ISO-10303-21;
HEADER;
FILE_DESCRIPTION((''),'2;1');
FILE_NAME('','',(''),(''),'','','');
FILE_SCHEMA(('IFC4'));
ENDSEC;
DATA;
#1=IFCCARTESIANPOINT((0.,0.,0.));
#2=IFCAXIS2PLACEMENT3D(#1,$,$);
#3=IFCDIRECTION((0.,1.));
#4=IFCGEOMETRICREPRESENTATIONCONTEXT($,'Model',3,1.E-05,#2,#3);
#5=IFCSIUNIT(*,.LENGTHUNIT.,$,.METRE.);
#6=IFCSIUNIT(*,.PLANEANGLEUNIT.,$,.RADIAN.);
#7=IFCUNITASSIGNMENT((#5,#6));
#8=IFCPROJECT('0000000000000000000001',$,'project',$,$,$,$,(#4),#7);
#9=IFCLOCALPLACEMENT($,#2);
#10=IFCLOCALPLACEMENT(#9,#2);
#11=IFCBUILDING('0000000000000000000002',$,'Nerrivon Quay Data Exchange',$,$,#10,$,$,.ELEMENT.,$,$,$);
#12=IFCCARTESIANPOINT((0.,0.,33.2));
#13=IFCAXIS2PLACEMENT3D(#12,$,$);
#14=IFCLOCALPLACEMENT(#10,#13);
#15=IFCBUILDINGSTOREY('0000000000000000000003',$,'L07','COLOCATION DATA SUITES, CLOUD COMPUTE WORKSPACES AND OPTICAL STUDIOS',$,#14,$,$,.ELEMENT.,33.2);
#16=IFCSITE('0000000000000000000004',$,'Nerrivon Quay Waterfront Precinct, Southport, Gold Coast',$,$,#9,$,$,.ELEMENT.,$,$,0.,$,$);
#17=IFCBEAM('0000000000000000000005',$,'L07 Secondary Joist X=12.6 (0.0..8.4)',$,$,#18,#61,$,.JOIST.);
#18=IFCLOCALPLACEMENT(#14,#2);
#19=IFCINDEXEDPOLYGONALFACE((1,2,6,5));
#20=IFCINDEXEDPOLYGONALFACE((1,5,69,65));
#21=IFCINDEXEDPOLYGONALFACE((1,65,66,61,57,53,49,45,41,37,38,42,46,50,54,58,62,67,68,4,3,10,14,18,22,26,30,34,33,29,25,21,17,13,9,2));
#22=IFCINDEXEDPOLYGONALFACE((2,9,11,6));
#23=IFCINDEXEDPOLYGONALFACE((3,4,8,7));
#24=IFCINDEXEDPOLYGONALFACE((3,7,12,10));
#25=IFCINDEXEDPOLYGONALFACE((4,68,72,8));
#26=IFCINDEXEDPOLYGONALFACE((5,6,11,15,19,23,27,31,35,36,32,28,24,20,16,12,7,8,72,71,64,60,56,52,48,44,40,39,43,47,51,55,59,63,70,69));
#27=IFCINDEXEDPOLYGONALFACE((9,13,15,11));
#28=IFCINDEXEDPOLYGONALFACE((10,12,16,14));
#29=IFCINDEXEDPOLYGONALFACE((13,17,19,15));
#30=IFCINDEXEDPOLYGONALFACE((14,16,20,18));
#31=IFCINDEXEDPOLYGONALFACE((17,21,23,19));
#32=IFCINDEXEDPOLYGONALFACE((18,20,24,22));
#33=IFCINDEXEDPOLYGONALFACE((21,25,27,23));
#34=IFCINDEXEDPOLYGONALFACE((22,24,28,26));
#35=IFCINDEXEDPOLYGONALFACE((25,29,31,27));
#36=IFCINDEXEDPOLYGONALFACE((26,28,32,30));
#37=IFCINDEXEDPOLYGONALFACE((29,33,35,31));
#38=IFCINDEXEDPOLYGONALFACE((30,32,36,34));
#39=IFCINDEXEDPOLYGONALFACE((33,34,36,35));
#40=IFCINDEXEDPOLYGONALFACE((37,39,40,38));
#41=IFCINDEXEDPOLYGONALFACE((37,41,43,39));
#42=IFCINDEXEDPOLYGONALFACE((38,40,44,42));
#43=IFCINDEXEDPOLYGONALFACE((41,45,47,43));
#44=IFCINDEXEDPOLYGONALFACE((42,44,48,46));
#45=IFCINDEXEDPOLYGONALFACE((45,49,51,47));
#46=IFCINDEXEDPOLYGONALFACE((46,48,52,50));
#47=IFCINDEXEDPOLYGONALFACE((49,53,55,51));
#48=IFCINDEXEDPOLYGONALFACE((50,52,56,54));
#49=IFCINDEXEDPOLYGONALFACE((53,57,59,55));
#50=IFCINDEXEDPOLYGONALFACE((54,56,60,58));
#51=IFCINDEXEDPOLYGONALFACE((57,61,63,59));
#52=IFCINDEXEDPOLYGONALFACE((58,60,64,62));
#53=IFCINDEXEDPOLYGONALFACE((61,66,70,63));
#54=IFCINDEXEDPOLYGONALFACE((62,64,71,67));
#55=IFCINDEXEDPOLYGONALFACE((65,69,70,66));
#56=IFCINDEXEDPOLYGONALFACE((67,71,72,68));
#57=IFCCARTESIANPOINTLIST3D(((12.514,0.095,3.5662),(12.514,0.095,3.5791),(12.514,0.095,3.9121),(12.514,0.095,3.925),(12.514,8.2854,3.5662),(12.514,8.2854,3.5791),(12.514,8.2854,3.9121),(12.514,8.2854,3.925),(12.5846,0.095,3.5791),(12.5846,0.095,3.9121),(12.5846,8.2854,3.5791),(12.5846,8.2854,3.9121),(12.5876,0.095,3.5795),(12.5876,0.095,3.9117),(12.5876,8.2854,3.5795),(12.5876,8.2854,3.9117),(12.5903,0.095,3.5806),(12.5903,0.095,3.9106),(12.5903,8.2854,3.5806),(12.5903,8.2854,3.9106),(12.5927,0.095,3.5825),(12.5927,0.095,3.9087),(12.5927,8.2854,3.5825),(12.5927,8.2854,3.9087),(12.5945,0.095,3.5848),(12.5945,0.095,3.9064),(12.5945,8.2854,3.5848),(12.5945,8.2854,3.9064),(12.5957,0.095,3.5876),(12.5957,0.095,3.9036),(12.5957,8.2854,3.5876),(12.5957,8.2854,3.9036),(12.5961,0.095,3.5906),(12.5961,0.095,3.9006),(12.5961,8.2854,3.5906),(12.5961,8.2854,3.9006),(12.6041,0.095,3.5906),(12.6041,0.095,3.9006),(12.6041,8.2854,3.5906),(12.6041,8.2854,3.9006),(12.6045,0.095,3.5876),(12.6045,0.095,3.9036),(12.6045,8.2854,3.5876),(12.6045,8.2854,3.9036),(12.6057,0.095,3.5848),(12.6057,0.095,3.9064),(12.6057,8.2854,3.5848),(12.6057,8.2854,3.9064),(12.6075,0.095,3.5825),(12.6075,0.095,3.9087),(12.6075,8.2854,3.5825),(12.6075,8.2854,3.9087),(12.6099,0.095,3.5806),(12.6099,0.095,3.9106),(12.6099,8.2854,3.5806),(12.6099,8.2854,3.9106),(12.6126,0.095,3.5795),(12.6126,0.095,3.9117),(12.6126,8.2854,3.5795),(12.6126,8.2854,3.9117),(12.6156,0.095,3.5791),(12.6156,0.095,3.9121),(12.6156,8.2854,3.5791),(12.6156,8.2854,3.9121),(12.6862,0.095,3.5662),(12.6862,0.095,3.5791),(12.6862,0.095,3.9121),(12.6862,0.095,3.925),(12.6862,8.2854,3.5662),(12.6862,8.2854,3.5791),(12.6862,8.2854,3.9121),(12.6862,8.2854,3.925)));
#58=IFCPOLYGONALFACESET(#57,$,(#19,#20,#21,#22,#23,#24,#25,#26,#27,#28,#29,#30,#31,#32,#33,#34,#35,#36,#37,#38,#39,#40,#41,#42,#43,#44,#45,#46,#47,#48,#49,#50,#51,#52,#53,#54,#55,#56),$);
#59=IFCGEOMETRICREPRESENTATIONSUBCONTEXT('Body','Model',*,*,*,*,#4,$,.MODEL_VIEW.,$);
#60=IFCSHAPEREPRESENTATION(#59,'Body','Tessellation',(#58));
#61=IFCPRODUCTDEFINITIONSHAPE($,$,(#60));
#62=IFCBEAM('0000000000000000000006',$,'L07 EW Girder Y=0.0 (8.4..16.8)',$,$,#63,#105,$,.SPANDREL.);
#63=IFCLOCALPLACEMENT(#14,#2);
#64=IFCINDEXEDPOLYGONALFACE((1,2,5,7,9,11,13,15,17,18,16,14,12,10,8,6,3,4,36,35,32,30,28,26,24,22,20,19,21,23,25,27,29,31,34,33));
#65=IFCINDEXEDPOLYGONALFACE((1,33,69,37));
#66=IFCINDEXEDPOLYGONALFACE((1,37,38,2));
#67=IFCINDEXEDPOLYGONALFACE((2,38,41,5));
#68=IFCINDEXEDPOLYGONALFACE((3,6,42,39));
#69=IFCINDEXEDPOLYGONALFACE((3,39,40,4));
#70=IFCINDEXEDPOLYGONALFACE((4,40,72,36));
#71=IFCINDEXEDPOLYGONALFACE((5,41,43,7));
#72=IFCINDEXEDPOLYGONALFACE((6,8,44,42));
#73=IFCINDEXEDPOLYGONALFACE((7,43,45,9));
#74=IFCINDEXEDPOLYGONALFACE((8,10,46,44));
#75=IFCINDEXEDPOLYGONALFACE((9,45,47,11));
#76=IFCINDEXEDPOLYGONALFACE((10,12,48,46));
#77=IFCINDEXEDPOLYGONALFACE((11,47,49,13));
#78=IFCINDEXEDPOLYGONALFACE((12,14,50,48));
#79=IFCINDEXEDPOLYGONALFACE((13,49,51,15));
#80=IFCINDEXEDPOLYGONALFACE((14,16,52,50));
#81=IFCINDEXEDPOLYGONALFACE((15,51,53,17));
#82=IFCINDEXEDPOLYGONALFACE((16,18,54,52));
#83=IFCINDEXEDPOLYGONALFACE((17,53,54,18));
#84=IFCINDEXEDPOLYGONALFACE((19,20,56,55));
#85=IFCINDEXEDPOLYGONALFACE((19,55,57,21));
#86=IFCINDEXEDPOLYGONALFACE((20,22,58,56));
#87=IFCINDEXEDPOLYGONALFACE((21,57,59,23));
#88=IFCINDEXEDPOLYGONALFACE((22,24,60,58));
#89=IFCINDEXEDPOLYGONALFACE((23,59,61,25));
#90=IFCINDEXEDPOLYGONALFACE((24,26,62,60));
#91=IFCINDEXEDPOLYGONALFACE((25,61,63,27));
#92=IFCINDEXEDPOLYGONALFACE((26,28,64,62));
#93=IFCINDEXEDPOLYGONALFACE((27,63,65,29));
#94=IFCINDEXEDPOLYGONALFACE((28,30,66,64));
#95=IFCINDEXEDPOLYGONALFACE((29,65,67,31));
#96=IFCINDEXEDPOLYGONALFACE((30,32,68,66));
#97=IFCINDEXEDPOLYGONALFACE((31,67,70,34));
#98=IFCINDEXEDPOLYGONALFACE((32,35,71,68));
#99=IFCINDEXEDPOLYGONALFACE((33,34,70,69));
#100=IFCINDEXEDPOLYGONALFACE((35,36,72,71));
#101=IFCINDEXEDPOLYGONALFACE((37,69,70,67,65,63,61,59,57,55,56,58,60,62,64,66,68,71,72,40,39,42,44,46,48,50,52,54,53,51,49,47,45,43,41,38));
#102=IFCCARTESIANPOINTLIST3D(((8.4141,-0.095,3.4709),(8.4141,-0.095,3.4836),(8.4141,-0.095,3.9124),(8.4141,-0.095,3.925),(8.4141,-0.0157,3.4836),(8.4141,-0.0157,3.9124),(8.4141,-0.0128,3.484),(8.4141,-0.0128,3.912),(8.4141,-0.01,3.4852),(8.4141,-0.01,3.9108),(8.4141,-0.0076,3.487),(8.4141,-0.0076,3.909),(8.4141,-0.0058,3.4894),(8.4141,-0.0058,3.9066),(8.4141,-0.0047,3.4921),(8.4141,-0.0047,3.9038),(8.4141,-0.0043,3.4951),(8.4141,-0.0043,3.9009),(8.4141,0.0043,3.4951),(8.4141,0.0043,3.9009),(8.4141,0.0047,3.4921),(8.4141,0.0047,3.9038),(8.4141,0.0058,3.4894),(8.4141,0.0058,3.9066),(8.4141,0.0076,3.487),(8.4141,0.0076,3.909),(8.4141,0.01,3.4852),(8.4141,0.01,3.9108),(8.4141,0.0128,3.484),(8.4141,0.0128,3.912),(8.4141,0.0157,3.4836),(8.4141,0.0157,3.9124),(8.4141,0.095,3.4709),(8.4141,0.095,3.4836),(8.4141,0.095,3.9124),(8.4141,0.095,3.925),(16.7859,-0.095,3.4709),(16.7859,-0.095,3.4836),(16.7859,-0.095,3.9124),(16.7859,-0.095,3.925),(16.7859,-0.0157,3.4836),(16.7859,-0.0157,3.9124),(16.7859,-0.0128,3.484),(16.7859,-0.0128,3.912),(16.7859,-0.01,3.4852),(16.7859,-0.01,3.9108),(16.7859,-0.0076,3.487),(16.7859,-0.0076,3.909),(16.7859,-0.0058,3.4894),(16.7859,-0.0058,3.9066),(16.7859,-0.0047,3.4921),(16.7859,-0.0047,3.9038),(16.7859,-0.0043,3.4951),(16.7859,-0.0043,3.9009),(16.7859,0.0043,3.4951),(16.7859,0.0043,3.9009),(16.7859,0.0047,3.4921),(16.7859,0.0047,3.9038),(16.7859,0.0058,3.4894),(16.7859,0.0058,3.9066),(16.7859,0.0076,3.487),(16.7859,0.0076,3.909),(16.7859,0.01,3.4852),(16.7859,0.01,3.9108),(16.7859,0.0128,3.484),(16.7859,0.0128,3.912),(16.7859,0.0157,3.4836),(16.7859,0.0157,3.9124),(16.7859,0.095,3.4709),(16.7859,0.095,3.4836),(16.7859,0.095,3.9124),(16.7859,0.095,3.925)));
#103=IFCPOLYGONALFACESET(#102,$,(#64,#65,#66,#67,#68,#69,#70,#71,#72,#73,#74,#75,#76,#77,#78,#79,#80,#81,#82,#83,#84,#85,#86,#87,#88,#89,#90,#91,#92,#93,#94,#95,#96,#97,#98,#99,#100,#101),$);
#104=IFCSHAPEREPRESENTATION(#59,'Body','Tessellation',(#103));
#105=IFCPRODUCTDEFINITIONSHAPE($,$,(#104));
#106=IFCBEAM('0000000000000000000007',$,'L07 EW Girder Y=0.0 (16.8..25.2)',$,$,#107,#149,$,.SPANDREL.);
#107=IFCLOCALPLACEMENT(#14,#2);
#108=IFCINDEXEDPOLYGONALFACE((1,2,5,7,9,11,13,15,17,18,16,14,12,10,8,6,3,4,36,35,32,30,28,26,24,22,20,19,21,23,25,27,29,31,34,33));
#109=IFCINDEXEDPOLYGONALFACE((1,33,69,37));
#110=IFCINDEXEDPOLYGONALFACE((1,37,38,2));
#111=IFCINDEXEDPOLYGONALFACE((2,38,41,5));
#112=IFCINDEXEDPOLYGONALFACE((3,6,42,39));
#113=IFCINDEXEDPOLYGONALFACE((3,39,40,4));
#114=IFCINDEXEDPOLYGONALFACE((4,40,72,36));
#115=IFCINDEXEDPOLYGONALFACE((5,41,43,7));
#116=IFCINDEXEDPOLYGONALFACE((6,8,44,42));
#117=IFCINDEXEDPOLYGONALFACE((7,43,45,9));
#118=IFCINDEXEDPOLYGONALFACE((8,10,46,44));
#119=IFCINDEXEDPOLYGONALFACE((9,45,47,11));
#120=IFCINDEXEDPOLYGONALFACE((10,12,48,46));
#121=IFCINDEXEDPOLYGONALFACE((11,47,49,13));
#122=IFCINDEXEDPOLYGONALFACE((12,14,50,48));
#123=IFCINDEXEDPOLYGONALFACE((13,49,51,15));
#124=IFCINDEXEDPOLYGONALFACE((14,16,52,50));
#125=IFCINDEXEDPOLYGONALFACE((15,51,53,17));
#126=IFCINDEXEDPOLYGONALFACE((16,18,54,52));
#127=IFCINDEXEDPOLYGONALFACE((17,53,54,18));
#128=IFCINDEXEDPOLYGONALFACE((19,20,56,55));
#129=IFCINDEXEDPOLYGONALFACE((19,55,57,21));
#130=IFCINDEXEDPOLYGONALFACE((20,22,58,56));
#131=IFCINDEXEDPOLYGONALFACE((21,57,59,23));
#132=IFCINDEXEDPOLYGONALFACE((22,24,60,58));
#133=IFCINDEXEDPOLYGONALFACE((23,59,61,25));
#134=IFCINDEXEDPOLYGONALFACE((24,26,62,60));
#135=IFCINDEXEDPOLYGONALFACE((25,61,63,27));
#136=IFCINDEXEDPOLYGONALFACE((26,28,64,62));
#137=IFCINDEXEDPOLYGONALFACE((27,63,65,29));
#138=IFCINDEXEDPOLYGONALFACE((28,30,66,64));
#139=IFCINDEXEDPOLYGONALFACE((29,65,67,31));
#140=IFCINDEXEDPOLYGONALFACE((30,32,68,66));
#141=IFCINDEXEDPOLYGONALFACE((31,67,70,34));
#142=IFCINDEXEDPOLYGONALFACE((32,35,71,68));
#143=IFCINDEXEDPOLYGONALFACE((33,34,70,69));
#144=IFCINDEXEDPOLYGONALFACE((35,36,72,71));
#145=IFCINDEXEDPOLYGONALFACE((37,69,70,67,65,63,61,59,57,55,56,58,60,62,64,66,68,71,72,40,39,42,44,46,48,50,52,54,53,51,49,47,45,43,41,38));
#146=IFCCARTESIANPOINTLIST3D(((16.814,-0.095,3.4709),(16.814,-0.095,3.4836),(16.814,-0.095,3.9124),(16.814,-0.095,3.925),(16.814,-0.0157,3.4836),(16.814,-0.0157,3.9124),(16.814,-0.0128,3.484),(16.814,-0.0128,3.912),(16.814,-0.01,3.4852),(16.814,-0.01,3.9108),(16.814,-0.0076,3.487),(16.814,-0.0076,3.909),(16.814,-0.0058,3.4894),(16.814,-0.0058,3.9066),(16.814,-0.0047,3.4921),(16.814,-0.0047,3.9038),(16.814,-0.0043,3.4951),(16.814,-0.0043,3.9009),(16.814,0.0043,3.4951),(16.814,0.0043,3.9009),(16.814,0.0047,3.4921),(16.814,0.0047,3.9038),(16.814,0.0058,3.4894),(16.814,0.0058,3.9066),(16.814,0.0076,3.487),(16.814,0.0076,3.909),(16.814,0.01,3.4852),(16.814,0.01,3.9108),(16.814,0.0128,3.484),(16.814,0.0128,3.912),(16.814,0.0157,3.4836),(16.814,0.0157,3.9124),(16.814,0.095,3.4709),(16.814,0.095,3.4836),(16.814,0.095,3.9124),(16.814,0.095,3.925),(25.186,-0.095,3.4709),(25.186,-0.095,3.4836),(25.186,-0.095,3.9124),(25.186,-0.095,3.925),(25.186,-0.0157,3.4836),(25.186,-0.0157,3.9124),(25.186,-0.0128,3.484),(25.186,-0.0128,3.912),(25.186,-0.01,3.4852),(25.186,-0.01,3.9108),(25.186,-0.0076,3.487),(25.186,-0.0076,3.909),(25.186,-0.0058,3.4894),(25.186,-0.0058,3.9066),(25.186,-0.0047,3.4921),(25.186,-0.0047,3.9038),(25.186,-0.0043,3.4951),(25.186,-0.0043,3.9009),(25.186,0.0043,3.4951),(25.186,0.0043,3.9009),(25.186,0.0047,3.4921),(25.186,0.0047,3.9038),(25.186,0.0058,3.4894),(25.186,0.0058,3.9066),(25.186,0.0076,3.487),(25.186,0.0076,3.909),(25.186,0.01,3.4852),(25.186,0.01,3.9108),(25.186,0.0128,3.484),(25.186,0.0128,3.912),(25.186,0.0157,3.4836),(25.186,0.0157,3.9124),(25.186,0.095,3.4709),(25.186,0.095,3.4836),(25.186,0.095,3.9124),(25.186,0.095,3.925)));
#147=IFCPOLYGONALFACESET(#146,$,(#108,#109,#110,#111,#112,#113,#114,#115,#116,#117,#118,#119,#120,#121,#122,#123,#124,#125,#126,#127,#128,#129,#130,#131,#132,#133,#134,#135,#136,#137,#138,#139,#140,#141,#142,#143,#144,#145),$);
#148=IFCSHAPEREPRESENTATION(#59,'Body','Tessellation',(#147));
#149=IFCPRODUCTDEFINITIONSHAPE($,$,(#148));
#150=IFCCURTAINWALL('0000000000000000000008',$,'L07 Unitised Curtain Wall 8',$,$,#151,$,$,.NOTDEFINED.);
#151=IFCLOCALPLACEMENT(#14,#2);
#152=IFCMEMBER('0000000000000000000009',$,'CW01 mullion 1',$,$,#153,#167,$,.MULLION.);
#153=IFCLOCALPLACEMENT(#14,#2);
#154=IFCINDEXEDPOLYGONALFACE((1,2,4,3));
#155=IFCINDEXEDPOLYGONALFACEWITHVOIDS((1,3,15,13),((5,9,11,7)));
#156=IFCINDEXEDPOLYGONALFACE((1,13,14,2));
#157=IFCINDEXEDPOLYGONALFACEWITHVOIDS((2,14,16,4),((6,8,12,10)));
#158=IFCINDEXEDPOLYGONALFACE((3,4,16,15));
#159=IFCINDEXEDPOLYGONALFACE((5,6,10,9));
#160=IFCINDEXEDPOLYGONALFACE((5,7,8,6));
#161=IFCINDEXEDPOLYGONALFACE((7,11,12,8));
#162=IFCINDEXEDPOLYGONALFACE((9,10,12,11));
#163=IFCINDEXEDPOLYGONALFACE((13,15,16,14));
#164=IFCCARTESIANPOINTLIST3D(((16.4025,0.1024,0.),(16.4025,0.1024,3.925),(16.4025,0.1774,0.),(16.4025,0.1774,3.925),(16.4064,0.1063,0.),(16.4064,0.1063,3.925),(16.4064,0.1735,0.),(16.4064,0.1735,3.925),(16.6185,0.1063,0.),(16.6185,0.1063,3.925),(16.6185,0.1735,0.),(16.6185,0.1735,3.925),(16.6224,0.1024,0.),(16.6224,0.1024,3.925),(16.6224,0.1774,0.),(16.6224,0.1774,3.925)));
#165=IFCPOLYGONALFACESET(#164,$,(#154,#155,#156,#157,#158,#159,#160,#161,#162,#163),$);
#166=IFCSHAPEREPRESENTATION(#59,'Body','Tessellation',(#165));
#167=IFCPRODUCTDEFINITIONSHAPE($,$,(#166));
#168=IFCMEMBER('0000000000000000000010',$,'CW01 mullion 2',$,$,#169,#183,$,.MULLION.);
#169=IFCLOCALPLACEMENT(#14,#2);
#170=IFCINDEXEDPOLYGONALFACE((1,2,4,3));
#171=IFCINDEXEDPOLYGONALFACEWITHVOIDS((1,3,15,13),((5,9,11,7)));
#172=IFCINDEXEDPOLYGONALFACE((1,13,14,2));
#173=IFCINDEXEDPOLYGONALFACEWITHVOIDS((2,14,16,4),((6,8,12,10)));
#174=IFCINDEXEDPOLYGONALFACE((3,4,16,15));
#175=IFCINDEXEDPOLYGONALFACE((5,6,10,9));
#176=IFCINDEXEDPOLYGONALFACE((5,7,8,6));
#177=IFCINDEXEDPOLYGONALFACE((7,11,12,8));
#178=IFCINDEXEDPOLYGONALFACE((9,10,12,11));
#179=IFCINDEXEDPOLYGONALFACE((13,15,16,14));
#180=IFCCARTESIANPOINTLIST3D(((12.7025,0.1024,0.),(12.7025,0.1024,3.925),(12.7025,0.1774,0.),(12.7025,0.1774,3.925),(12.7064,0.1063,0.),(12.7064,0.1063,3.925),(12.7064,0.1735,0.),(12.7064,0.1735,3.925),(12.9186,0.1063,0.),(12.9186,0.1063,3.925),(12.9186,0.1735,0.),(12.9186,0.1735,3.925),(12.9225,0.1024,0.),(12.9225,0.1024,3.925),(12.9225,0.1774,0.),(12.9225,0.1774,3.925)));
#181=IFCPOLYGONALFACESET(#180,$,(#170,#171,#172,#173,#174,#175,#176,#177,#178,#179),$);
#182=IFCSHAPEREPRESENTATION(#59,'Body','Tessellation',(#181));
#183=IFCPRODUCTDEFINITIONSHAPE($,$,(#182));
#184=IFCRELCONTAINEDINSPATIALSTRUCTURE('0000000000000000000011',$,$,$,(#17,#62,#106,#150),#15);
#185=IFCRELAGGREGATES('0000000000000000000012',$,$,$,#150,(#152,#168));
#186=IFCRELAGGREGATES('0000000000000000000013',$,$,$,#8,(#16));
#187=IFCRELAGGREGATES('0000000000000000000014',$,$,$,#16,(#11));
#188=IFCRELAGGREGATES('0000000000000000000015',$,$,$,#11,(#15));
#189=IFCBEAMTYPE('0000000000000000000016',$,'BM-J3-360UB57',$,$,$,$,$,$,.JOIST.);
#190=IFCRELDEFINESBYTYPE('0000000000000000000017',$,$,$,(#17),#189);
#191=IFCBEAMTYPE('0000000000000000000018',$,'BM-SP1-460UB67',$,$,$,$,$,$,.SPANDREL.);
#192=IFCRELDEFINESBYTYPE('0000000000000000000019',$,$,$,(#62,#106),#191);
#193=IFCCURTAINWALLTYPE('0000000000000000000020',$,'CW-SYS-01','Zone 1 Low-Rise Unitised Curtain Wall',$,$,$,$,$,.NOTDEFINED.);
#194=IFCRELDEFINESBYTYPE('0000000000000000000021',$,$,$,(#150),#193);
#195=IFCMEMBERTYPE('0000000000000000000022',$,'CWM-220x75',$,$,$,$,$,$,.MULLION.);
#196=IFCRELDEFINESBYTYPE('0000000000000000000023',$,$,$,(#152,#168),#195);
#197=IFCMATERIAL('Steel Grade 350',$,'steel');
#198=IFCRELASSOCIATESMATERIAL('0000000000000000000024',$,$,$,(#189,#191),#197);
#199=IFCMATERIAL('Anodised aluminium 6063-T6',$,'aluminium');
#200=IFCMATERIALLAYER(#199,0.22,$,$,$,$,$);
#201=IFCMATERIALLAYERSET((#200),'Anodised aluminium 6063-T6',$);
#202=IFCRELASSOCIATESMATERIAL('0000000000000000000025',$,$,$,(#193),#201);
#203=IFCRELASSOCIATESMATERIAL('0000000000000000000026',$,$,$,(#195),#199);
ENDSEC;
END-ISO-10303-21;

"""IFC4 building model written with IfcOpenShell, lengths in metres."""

from ifc_helpers import new_model, si_unit, direction, frame, origin, origin_2d, place, context, subcontext, project, spatial, hollow_rectangle, i_section, extrude, material, layer, layer_set, material_profile, profile_set, type_object, element, aggregate, save


model = new_model("IFC4")

# Units and contexts
model_context = context("Model", 3, precision=1e-05, world=origin(), true_north=direction((0.0, 1.0)))
body_context = subcontext(model_context, "Body", "Model", "MODEL_VIEW")
ifc_project = project(units=[si_unit("LENGTHUNIT", "METRE"), si_unit("PLANEANGLEUNIT", "RADIAN")], contexts=[model_context])

# Site, building, storey
site_placement = place(None, origin())
site = spatial("IfcSite", under=ifc_project, at=site_placement, Name="Nerrivon Quay Waterfront Precinct, Southport, Gold Coast", CompositionType="ELEMENT", RefElevation=0.0)
building_placement = place(site_placement, origin())
building = spatial("IfcBuilding", under=site, at=building_placement, Name="Nerrivon Quay Data Exchange", CompositionType="ELEMENT")
storey_placement = place(building_placement, frame((0.0, 0.0, 33.2)))
storey = spatial("IfcBuildingStorey", under=building, at=storey_placement, Name="L07", Description="COLOCATION DATA SUITES, CLOUD COMPUTE WORKSPACES AND OPTICAL STUDIOS", CompositionType="ELEMENT", Elevation=33.2)

# Shared definitions
ifc_material_1 = material(Name="Steel Grade 350", Category="steel")

# Beams
ifc_material_profile_1 = material_profile(ifc_material_1, i_section(OverallWidth=0.1721, OverallDepth=0.3589, WebThickness=0.0081, FlangeThickness=0.0129, FilletRadius=0.0115, at=origin_2d()), Name="360UB56.7")
ifc_profile_set_1 = profile_set([ifc_material_profile_1], Name="Steel Grade 350")
beam_type_1 = type_object("IfcBeamType", Name="BM-J3-360UB57", PredefinedType="JOIST", material=ifc_profile_set_1)
beam_1_placement = place(storey_placement, frame((12.6001, 0.095, 3.7456), z_axis=(0.0, 1.0, 0.0), x_axis=(-1.0, 0.0, 0.0)))
element("IfcBeam", 1, at=beam_1_placement, inside=storey, type_object=beam_type_1, Name="L07 Secondary Joist X=12.6 (0.0..8.4)", PredefinedType="JOIST", context=body_context, shape_type="SweptSolid", body=[
    extrude(i_section(OverallWidth=0.1721, OverallDepth=0.3589, WebThickness=0.0081, FlangeThickness=0.0129, FilletRadius=0.0115, at=origin_2d()), origin(), (0.0, 0.0, 1.0), 8.1904),
])
ifc_material_profile_2 = material_profile(ifc_material_1, i_section(OverallWidth=0.1899, OverallDepth=0.4541, WebThickness=0.0085, FlangeThickness=0.0127, FilletRadius=0.0115, at=origin_2d()), Name="460UB67.1")
ifc_profile_set_2 = profile_set([ifc_material_profile_2], Name="Steel Grade 350")
beam_type_2 = type_object("IfcBeamType", Name="BM-SP1-460UB67", PredefinedType="SPANDREL", material=ifc_profile_set_2)
beam_2_placement = place(storey_placement, frame((8.4141, 0.0, 3.698), z_axis=(1.0, 0.0, 0.0), x_axis=(0.0, 1.0, 0.0)))
element("IfcBeam", 2, at=beam_2_placement, inside=storey, type_object=beam_type_2, Name="L07 EW Girder Y=0.0 (8.4..16.8)", PredefinedType="SPANDREL", context=body_context, shape_type="SweptSolid", body=[
    extrude(i_section(OverallWidth=0.1899, OverallDepth=0.4541, WebThickness=0.0085, FlangeThickness=0.0127, FilletRadius=0.0115, at=origin_2d()), origin(), (0.0, 0.0, 1.0), 8.3718),
])
beam_3_placement = place(storey_placement, frame((16.814, 0.0, 3.698), z_axis=(1.0, 0.0, 0.0), x_axis=(0.0, 1.0, 0.0)))
element("IfcBeam", 3, at=beam_3_placement, inside=storey, type_object=beam_type_2, Name="L07 EW Girder Y=0.0 (16.8..25.2)", PredefinedType="SPANDREL", context=body_context, shape_type="SweptSolid", body=[
    extrude(i_section(OverallWidth=0.1899, OverallDepth=0.4541, WebThickness=0.0085, FlangeThickness=0.0127, FilletRadius=0.0115, at=origin_2d()), origin(), (0.0, 0.0, 1.0), 8.3721),
])

# Curtain wall, members
ifc_material_2 = material(Name="Anodised aluminium 6063-T6", Category="aluminium")
ifc_layer_1 = layer(ifc_material_2, 0.22)
ifc_layer_set_1 = layer_set([ifc_layer_1], Name="Anodised aluminium 6063-T6")
curtain_wall_type = type_object("IfcCurtainWallType", Name="CW-SYS-01", Description="Zone 1 Low-Rise Unitised Curtain Wall", PredefinedType="NOTDEFINED", material=ifc_layer_set_1)
curtain_wall_1_placement = place(storey_placement, origin())
curtain_wall_1 = element("IfcCurtainWall", 4, at=curtain_wall_1_placement, inside=storey, type_object=curtain_wall_type, Name="L07 Unitised Curtain Wall 8", PredefinedType="NOTDEFINED")
ifc_material_profile_3 = material_profile(ifc_material_2, hollow_rectangle(XDim=0.075, YDim=0.22, WallThickness=0.0039, at=origin_2d()), Name="ALU-MULL-220x75")
ifc_profile_set_3 = profile_set([ifc_material_profile_3], Name="Anodised aluminium 6063-T6")
member_type_1 = type_object("IfcMemberType", Name="CWM-220x75", PredefinedType="MULLION", material=ifc_profile_set_3)
member_1_placement = place(storey_placement, frame((16.5125, 0.1399, 0.0), z_axis=(0.0, 0.0, 1.0), x_axis=(0.0, -1.0, 0.0)))
member_1 = element("IfcMember", 5, at=member_1_placement, type_object=member_type_1, Name="CW01 mullion 1", PredefinedType="MULLION", context=body_context, shape_type="SweptSolid", body=[
    extrude(hollow_rectangle(XDim=0.075, YDim=0.22, WallThickness=0.0039, at=origin_2d()), origin(), (0.0, 0.0, 1.0), 3.925),
])
member_2_placement = place(storey_placement, frame((12.8125, 0.1399, 0.0), z_axis=(0.0, 0.0, 1.0), x_axis=(0.0, -1.0, 0.0)))
member_2 = element("IfcMember", 6, at=member_2_placement, type_object=member_type_1, Name="CW01 mullion 2", PredefinedType="MULLION", context=body_context, shape_type="SweptSolid", body=[
    extrude(hollow_rectangle(XDim=0.075, YDim=0.22, WallThickness=0.0039, at=origin_2d()), origin(), (0.0, 0.0, 1.0), 3.925),
])

aggregate(curtain_wall_1, [member_1, member_2])

save(model, "model.ifc")
